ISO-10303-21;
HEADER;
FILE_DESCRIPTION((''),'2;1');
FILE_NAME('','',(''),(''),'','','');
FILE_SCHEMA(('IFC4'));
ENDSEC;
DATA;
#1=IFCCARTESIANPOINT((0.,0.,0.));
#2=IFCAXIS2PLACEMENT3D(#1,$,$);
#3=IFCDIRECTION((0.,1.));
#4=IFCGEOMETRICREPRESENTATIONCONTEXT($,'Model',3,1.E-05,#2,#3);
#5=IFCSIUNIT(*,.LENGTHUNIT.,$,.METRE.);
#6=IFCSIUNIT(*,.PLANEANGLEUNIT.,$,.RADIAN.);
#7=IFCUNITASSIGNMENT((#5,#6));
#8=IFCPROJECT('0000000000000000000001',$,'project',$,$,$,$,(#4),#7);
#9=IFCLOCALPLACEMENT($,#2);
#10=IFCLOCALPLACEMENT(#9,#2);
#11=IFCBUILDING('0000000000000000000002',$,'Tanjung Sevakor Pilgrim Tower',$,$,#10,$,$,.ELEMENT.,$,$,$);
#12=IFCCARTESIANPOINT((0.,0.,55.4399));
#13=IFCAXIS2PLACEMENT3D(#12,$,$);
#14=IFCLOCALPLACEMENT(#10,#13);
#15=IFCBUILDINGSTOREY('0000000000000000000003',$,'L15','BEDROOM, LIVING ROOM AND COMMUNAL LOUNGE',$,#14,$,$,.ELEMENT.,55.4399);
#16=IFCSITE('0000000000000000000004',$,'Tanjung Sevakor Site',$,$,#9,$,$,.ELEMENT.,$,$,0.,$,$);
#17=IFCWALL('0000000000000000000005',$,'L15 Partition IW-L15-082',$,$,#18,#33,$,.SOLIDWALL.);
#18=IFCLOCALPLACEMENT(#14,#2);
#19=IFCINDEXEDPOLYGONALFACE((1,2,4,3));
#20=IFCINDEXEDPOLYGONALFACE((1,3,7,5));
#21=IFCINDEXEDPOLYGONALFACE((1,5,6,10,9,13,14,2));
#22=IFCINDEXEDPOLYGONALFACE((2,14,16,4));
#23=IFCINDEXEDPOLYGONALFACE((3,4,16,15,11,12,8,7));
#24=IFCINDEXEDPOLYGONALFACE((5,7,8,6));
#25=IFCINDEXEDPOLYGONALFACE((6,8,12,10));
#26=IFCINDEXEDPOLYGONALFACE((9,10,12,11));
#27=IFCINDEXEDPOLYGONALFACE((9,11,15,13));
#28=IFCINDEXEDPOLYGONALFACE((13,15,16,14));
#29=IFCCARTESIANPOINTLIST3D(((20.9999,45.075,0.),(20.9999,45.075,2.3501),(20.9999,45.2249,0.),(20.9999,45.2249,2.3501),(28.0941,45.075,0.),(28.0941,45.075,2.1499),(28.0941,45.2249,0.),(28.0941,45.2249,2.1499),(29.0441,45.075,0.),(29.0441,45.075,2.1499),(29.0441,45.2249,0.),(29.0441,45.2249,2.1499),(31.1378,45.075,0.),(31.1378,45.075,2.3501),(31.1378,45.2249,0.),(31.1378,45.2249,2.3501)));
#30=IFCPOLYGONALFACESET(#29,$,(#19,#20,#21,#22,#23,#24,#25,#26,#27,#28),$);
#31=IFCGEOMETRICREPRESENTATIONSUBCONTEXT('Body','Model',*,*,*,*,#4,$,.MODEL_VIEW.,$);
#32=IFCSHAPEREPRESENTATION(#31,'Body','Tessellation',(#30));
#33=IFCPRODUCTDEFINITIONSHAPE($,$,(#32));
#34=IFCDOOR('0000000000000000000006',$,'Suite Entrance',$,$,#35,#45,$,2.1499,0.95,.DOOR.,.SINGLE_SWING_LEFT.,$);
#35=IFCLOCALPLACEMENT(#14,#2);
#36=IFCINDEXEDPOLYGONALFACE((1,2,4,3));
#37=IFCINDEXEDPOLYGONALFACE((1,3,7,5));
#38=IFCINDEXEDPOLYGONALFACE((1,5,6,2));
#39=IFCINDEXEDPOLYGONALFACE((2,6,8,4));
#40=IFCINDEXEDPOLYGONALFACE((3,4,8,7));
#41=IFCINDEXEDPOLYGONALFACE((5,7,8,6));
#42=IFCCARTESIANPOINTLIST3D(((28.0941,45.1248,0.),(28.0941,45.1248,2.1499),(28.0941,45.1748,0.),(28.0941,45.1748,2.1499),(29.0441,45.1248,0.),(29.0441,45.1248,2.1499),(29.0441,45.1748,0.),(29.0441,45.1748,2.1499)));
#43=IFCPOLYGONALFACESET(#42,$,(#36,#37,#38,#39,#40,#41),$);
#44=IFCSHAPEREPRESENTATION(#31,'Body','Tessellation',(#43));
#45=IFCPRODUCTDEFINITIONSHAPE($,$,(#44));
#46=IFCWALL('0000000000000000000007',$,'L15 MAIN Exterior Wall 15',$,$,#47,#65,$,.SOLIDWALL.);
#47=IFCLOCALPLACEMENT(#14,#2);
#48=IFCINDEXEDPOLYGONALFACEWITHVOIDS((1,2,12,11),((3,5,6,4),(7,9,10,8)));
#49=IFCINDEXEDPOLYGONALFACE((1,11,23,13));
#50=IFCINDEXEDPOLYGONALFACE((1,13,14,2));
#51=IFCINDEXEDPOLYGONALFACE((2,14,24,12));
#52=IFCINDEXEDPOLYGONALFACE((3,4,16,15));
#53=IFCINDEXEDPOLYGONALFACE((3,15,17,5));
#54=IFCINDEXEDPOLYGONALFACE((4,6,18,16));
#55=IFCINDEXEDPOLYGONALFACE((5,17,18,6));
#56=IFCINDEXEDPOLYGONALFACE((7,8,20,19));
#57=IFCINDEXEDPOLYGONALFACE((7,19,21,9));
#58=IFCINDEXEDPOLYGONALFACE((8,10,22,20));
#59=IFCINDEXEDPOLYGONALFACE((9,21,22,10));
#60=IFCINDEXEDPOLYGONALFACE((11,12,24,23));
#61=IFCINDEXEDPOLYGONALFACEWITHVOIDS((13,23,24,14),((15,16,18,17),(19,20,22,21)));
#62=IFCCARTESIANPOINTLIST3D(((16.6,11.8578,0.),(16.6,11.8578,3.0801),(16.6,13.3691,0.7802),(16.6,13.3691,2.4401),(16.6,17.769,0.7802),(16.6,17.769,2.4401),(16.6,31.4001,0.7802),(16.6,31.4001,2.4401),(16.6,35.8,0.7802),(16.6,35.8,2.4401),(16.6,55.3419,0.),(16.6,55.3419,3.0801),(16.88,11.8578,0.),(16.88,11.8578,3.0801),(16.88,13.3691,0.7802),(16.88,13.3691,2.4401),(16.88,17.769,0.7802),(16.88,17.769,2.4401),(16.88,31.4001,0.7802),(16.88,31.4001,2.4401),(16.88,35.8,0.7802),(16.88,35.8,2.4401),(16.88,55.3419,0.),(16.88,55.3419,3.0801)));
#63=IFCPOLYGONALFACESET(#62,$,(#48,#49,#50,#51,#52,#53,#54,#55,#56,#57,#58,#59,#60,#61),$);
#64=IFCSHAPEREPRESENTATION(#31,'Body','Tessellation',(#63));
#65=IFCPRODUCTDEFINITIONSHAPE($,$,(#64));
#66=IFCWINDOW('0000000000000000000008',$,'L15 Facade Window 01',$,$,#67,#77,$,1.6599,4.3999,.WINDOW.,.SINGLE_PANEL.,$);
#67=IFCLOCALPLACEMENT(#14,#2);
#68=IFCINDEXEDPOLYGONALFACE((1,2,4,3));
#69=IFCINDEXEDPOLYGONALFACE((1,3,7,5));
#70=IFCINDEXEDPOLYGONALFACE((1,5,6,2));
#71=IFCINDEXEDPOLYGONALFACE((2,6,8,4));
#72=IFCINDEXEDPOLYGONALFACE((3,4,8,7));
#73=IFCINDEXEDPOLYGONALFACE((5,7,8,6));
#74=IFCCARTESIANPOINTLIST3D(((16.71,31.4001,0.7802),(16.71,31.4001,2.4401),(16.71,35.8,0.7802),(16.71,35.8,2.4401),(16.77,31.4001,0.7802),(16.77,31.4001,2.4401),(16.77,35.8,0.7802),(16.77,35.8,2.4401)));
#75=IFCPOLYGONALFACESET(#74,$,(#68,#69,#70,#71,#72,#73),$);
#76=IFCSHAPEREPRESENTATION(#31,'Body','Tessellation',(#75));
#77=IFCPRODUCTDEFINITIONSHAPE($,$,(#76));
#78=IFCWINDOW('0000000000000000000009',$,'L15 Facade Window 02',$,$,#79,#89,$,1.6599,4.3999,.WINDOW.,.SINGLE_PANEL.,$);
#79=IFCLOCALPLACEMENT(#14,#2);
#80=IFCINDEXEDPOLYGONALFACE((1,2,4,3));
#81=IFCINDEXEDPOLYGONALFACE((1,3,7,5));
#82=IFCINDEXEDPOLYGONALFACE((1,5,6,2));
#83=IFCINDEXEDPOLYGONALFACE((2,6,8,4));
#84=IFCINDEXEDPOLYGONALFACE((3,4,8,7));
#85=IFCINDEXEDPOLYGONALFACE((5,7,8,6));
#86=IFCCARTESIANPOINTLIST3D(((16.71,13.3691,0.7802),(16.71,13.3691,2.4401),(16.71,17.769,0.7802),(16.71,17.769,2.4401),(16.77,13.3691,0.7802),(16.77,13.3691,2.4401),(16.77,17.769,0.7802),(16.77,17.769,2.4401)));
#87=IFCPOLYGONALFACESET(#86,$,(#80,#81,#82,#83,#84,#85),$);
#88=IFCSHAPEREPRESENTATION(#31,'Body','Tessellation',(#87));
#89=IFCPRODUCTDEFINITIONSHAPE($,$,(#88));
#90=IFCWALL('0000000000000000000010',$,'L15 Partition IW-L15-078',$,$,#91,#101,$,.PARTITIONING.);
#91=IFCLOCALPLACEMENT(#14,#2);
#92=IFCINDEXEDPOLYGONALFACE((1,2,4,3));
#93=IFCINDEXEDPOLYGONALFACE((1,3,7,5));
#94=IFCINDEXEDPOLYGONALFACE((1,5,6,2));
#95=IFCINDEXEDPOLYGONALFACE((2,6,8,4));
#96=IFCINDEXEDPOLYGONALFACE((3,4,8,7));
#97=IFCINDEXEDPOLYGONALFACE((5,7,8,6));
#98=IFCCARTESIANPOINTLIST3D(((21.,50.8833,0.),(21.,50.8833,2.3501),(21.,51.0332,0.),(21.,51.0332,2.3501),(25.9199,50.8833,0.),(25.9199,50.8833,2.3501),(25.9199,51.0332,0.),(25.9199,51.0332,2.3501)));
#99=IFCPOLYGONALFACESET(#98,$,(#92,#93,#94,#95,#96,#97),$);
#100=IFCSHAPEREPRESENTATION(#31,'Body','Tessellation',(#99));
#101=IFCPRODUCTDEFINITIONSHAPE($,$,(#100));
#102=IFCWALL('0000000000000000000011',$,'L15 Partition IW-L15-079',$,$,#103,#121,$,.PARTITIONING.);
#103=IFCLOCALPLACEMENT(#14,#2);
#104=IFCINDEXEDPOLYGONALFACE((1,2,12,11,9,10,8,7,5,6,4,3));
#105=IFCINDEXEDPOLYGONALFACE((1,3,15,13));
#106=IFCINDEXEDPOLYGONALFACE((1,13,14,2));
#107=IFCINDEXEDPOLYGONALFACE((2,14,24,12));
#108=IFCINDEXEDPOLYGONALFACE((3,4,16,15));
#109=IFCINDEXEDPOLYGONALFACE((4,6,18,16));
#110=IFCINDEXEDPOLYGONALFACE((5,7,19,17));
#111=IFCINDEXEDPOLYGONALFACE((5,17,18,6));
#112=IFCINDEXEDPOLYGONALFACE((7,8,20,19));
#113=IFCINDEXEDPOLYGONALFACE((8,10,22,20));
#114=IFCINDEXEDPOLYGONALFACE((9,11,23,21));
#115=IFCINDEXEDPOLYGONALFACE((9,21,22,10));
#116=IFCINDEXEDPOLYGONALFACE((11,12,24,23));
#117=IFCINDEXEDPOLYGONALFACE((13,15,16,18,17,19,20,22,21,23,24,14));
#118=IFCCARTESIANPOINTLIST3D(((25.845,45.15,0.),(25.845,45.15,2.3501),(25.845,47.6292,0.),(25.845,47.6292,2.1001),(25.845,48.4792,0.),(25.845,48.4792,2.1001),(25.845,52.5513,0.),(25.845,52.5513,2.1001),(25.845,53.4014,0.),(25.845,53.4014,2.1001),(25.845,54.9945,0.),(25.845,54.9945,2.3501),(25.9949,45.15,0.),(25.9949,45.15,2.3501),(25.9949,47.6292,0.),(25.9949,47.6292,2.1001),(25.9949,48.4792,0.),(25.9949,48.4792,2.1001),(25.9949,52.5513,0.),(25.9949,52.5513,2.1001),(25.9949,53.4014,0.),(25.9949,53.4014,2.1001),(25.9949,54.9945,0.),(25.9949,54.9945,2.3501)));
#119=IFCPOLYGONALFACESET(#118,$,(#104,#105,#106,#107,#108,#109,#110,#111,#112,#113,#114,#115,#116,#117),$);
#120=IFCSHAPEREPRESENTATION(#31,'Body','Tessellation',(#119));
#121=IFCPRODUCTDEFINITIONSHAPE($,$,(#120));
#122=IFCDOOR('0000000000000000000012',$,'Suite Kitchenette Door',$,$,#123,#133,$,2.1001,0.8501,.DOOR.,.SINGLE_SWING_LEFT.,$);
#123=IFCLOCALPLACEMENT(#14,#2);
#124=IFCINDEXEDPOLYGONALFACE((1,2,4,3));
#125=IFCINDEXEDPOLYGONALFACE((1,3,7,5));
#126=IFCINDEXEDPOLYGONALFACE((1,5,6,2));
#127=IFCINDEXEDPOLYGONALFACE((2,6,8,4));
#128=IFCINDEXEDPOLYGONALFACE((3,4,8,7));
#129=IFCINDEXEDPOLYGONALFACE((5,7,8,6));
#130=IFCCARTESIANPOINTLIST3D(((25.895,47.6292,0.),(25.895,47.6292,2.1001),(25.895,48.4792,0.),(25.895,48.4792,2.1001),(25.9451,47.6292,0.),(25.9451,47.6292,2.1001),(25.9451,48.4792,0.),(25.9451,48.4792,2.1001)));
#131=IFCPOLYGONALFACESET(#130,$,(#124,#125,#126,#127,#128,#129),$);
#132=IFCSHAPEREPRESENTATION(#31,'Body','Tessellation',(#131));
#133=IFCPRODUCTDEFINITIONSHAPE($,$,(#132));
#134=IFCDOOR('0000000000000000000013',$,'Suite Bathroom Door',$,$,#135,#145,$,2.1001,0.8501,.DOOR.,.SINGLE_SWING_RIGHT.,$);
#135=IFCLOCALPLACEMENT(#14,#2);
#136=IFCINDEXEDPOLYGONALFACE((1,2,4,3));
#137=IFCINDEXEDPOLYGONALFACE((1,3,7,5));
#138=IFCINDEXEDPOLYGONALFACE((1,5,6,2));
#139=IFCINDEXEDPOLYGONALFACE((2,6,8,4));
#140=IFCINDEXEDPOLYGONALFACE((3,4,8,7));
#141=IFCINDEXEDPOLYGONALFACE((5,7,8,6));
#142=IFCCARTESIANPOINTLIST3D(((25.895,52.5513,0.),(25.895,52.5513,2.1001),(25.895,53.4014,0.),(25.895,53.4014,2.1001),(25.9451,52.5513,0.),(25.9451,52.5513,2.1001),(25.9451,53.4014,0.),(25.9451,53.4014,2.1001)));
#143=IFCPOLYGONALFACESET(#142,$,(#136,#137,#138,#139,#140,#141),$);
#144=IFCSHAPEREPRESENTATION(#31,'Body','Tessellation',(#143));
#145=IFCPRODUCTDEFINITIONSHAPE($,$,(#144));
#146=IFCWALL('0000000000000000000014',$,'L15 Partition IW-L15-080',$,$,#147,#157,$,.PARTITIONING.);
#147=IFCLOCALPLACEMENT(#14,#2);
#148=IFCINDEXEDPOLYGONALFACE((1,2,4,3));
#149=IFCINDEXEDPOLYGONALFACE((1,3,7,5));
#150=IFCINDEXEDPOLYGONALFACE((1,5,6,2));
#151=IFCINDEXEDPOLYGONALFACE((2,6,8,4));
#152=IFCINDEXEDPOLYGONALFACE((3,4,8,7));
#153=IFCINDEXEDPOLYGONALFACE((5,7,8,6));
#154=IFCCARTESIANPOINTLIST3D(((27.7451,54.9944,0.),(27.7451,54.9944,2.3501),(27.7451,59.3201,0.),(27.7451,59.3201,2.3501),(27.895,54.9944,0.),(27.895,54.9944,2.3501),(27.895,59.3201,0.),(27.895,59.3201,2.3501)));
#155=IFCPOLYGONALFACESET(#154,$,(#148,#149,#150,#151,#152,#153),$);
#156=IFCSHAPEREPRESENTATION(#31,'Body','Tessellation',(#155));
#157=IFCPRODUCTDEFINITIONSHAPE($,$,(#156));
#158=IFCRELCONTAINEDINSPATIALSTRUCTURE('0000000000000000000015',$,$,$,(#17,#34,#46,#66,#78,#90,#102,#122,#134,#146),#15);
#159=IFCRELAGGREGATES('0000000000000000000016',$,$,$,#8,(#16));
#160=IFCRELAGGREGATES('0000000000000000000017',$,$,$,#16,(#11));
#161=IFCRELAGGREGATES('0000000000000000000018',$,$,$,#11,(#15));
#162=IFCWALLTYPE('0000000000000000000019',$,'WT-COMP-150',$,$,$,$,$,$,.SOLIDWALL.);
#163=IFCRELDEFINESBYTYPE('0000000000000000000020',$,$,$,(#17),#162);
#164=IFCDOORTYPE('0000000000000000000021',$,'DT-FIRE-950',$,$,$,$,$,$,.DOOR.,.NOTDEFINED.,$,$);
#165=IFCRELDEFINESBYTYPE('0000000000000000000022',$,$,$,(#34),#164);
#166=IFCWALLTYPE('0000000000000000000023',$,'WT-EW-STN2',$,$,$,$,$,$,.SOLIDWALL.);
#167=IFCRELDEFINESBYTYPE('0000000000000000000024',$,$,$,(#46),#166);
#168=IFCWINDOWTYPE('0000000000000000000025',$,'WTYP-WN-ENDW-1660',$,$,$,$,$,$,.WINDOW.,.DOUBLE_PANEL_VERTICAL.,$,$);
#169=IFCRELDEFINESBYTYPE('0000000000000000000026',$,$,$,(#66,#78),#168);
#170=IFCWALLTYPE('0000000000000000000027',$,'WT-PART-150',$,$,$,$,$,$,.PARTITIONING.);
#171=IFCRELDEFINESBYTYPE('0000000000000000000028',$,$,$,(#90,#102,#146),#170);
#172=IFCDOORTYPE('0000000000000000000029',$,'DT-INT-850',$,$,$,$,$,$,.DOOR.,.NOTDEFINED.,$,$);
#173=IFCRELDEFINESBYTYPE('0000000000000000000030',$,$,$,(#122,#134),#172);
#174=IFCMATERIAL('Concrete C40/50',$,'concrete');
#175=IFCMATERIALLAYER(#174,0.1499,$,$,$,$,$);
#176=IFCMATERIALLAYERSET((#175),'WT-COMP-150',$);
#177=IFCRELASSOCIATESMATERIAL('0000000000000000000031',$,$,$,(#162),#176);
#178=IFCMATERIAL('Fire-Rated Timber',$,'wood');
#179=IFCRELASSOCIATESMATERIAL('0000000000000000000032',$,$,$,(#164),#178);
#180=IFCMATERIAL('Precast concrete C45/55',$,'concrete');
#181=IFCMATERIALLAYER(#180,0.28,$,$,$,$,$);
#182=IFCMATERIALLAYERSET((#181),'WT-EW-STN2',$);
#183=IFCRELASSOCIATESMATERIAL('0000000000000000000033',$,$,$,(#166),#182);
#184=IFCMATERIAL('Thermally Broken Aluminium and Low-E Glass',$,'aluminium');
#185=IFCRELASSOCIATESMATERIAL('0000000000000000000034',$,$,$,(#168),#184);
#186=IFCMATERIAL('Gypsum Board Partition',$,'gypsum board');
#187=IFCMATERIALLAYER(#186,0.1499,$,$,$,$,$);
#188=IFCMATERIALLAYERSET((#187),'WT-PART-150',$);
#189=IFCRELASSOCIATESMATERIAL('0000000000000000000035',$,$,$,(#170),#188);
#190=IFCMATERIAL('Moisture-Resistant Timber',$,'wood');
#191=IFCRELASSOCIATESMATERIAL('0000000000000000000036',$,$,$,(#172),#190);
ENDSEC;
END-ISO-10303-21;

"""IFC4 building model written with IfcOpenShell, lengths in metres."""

from ifc_helpers import new_model, si_unit, direction, frame, frame_2d, origin, place, context, subcontext, project, spatial, rectangle, extrude, material, layer, layer_set, type_object, element, fill, save


model = new_model("IFC4")

# Units and contexts
model_context = context("Model", 3, precision=1e-05, world=origin(), true_north=direction((0.0, 1.0)))
body_context = subcontext(model_context, "Body", "Model", "MODEL_VIEW")
ifc_project = project(units=[si_unit("LENGTHUNIT", "METRE"), si_unit("PLANEANGLEUNIT", "RADIAN")], contexts=[model_context])

# Site, building, storey
site_placement = place(None, origin())
site = spatial("IfcSite", under=ifc_project, at=site_placement, Name="Tanjung Sevakor Site", CompositionType="ELEMENT", RefElevation=0.0)
building_placement = place(site_placement, origin())
building = spatial("IfcBuilding", under=site, at=building_placement, Name="Tanjung Sevakor Pilgrim Tower", CompositionType="ELEMENT")
storey_placement = place(building_placement, frame((0.0, 0.0, 55.4399)))
storey = spatial("IfcBuildingStorey", under=building, at=storey_placement, Name="L15", Description="BEDROOM, LIVING ROOM AND COMMUNAL LOUNGE", CompositionType="ELEMENT", Elevation=55.4399)

# Shared definitions
ifc_material_1 = material(Name="Concrete C40/50", Category="concrete")
ifc_layer_1 = layer(ifc_material_1, 0.1499)
ifc_layer_set_1 = layer_set([ifc_layer_1], Name="WT-COMP-150")
wall_type_1 = type_object("IfcWallType", Name="WT-COMP-150", PredefinedType="SOLIDWALL", material=ifc_layer_set_1)

# Wall, opening, door
wall_1_placement = place(storey_placement, frame((21.0, 45.1499, 0.0), z_axis=(0.0, 0.0, 1.0), x_axis=(1.0, 0.0, 0.0)))
wall_1 = element("IfcWall", 1, at=wall_1_placement, inside=storey, type_object=wall_type_1, Name="L15 Partition IW-L15-082", PredefinedType="SOLIDWALL", context=body_context, shape_type="SweptSolid", body=[
    extrude(rectangle(XDim=10.1379, YDim=0.1499, at=frame_2d((5.0688, 0.0))), origin(), (0.0, 0.0, 1.0), 2.3501),
])
opening_1_placement = place(wall_1_placement, frame((7.094, 0.0, 0.0)))
opening_1 = element("IfcOpeningElement", 2, at=opening_1_placement, cuts=wall_1, PredefinedType="OPENING", context=body_context, shape_type="SweptSolid", body=[
    extrude(rectangle(XDim=0.95, YDim=2.1499, at=frame_2d((0.4751, 1.075))), frame((0.0, 0.085, 0.0), z_axis=(0.0, -1.0, 0.0), x_axis=(1.0, 0.0, 0.0)), (0.0, 0.0, 1.0), 0.1699),
])
ifc_material_2 = material(Name="Fire-Rated Timber", Category="wood")
door_type_1 = type_object("IfcDoorType", Name="DT-FIRE-950", OperationType="NOTDEFINED", PredefinedType="DOOR", material=ifc_material_2)
door_1_placement = place(opening_1_placement, origin())
door_1 = element("IfcDoor", 3, at=door_1_placement, inside=storey, type_object=door_type_1, Name="Suite Entrance", OperationType="SINGLE_SWING_LEFT", OverallHeight=2.1499, OverallWidth=0.95, PredefinedType="DOOR", context=body_context, shape_type="SweptSolid", body=[
    extrude(rectangle(XDim=0.95, YDim=2.1499, at=frame_2d((0.4751, 1.075))), frame((0.0, 0.0249, 0.0), z_axis=(0.0, -1.0, 0.0), x_axis=(1.0, 0.0, 0.0)), (0.0, 0.0, 1.0), 0.05),
])
fill(opening_1, door_1)

# Wall, openings, windows
ifc_material_3 = material(Name="Precast concrete C45/55", Category="concrete")
ifc_layer_2 = layer(ifc_material_3, 0.28)
ifc_layer_set_2 = layer_set([ifc_layer_2], Name="WT-EW-STN2")
wall_type_2 = type_object("IfcWallType", Name="WT-EW-STN2", PredefinedType="SOLIDWALL", material=ifc_layer_set_2)
wall_2_placement = place(storey_placement, frame((16.74, 55.342, 0.0), z_axis=(0.0, 0.0, 1.0), x_axis=(0.0, -1.0, 0.0)))
wall_2 = element("IfcWall", 4, at=wall_2_placement, inside=storey, type_object=wall_type_2, Name="L15 MAIN Exterior Wall 15", PredefinedType="SOLIDWALL", context=body_context, shape_type="SweptSolid", body=[
    extrude(rectangle(XDim=43.4841, YDim=0.28, at=frame_2d((21.7422, 0.0))), origin(), (0.0, 0.0, 1.0), 3.0801),
])
opening_2_placement = place(wall_2_placement, frame((19.542, 0.0, 0.78)))
opening_2 = element("IfcOpeningElement", 5, at=opening_2_placement, cuts=wall_2, PredefinedType="OPENING", context=body_context, shape_type="SweptSolid", body=[
    extrude(rectangle(XDim=4.3999, YDim=1.6599, at=frame_2d((2.2, 0.8301))), frame((0.0, 0.1499, 0.0), z_axis=(0.0, -1.0, 0.0), x_axis=(1.0, 0.0, 0.0)), (0.0, 0.0, 1.0), 0.3),
])
opening_3_placement = place(wall_2_placement, frame((37.573, 0.0, 0.78)))
opening_3 = element("IfcOpeningElement", 6, at=opening_3_placement, cuts=wall_2, PredefinedType="OPENING", context=body_context, shape_type="SweptSolid", body=[
    extrude(rectangle(XDim=4.3999, YDim=1.6599, at=frame_2d((2.2, 0.8301))), frame((0.0, 0.1499, 0.0), z_axis=(0.0, -1.0, 0.0), x_axis=(1.0, 0.0, 0.0)), (0.0, 0.0, 1.0), 0.3),
])
ifc_material_4 = material(Name="Thermally Broken Aluminium and Low-E Glass", Category="aluminium")
window_type = type_object("IfcWindowType", Name="WTYP-WN-ENDW-1660", PartitioningType="DOUBLE_PANEL_VERTICAL", PredefinedType="WINDOW", material=ifc_material_4)
window_1_placement = place(opening_2_placement, origin())
window_1 = element("IfcWindow", 7, at=window_1_placement, inside=storey, type_object=window_type, Name="L15 Facade Window 01", OverallHeight=1.6599, OverallWidth=4.3999, PartitioningType="SINGLE_PANEL", PredefinedType="WINDOW", context=body_context, shape_type="SweptSolid", body=[
    extrude(rectangle(XDim=4.3999, YDim=1.6599, at=frame_2d((2.2, 0.8301))), frame((0.0, 0.03, 0.0), z_axis=(0.0, -1.0, 0.0), x_axis=(1.0, 0.0, 0.0)), (0.0, 0.0, 1.0), 0.0601),
])
fill(opening_2, window_1)
window_2_placement = place(opening_3_placement, origin())
window_2 = element("IfcWindow", 8, at=window_2_placement, inside=storey, type_object=window_type, Name="L15 Facade Window 02", OverallHeight=1.6599, OverallWidth=4.3999, PartitioningType="SINGLE_PANEL", PredefinedType="WINDOW", context=body_context, shape_type="SweptSolid", body=[
    extrude(rectangle(XDim=4.3999, YDim=1.6599, at=frame_2d((2.2, 0.8301))), frame((0.0, 0.03, 0.0), z_axis=(0.0, -1.0, 0.0), x_axis=(1.0, 0.0, 0.0)), (0.0, 0.0, 1.0), 0.0601),
])
fill(opening_3, window_2)

# Wall
ifc_material_5 = material(Name="Gypsum Board Partition", Category="gypsum board")
ifc_layer_3 = layer(ifc_material_5, 0.1499)
ifc_layer_set_3 = layer_set([ifc_layer_3], Name="WT-PART-150")
wall_type_3 = type_object("IfcWallType", Name="WT-PART-150", PredefinedType="PARTITIONING", material=ifc_layer_set_3)
wall_3_placement = place(storey_placement, frame((21.0, 50.9583, 0.0), z_axis=(0.0, 0.0, 1.0), x_axis=(1.0, 0.0, 0.0)))
element("IfcWall", 9, at=wall_3_placement, inside=storey, type_object=wall_type_3, Name="L15 Partition IW-L15-078", PredefinedType="PARTITIONING", context=body_context, shape_type="SweptSolid", body=[
    extrude(rectangle(XDim=4.9199, YDim=0.1499, at=frame_2d((2.46, 0.0))), origin(), (0.0, 0.0, 1.0), 2.3501),
])

# Wall, openings, doors
wall_4_placement = place(storey_placement, frame((25.9199, 45.1499, 0.0), z_axis=(0.0, 0.0, 1.0), x_axis=(0.0, 1.0, 0.0)))
wall_4 = element("IfcWall", 10, at=wall_4_placement, inside=storey, type_object=wall_type_3, Name="L15 Partition IW-L15-079", PredefinedType="PARTITIONING", context=body_context, shape_type="SweptSolid", body=[
    extrude(rectangle(XDim=9.8445, YDim=0.1499, at=frame_2d((4.9224, 0.0))), origin(), (0.0, 0.0, 1.0), 2.3501),
])
opening_4_placement = place(wall_4_placement, frame((2.4792, 0.0, 0.0)))
opening_4 = element("IfcOpeningElement", 11, at=opening_4_placement, cuts=wall_4, PredefinedType="OPENING", context=body_context, shape_type="SweptSolid", body=[
    extrude(rectangle(XDim=0.8501, YDim=2.1001, at=frame_2d((0.425, 1.05))), frame((0.0, 0.085, 0.0), z_axis=(0.0, -1.0, 0.0), x_axis=(1.0, 0.0, 0.0)), (0.0, 0.0, 1.0), 0.1699),
])
opening_5_placement = place(wall_4_placement, frame((7.4014, 0.0, 0.0)))
opening_5 = element("IfcOpeningElement", 12, at=opening_5_placement, cuts=wall_4, PredefinedType="OPENING", context=body_context, shape_type="SweptSolid", body=[
    extrude(rectangle(XDim=0.8501, YDim=2.1001, at=frame_2d((0.425, 1.05))), frame((0.0, 0.085, 0.0), z_axis=(0.0, -1.0, 0.0), x_axis=(1.0, 0.0, 0.0)), (0.0, 0.0, 1.0), 0.1699),
])
ifc_material_6 = material(Name="Moisture-Resistant Timber", Category="wood")
door_type_2 = type_object("IfcDoorType", Name="DT-INT-850", OperationType="NOTDEFINED", PredefinedType="DOOR", material=ifc_material_6)
door_2_placement = place(opening_4_placement, origin())
door_2 = element("IfcDoor", 13, at=door_2_placement, inside=storey, type_object=door_type_2, Name="Suite Kitchenette Door", OperationType="SINGLE_SWING_LEFT", OverallHeight=2.1001, OverallWidth=0.8501, PredefinedType="DOOR", context=body_context, shape_type="SweptSolid", body=[
    extrude(rectangle(XDim=0.8501, YDim=2.1001, at=frame_2d((0.425, 1.05))), frame((0.0, 0.0249, 0.0), z_axis=(0.0, -1.0, 0.0), x_axis=(1.0, 0.0, 0.0)), (0.0, 0.0, 1.0), 0.05),
])
fill(opening_4, door_2)
door_3_placement = place(opening_5_placement, origin())
door_3 = element("IfcDoor", 14, at=door_3_placement, inside=storey, type_object=door_type_2, Name="Suite Bathroom Door", OperationType="SINGLE_SWING_RIGHT", OverallHeight=2.1001, OverallWidth=0.8501, PredefinedType="DOOR", context=body_context, shape_type="SweptSolid", body=[
    extrude(rectangle(XDim=0.8501, YDim=2.1001, at=frame_2d((0.425, 1.05))), frame((0.0, 0.0249, 0.0), z_axis=(0.0, -1.0, 0.0), x_axis=(1.0, 0.0, 0.0)), (0.0, 0.0, 1.0), 0.05),
])
fill(opening_5, door_3)

# Wall
wall_5_placement = place(storey_placement, frame((27.8201, 54.9944, 0.0), z_axis=(0.0, 0.0, 1.0), x_axis=(0.0, 1.0, 0.0)))
element("IfcWall", 15, at=wall_5_placement, inside=storey, type_object=wall_type_3, Name="L15 Partition IW-L15-080", PredefinedType="PARTITIONING", context=body_context, shape_type="SweptSolid", body=[
    extrude(rectangle(XDim=4.3257, YDim=0.1499, at=frame_2d((2.1628, 0.0))), origin(), (0.0, 0.0, 1.0), 2.3501),
])

save(model, "model.ifc")
